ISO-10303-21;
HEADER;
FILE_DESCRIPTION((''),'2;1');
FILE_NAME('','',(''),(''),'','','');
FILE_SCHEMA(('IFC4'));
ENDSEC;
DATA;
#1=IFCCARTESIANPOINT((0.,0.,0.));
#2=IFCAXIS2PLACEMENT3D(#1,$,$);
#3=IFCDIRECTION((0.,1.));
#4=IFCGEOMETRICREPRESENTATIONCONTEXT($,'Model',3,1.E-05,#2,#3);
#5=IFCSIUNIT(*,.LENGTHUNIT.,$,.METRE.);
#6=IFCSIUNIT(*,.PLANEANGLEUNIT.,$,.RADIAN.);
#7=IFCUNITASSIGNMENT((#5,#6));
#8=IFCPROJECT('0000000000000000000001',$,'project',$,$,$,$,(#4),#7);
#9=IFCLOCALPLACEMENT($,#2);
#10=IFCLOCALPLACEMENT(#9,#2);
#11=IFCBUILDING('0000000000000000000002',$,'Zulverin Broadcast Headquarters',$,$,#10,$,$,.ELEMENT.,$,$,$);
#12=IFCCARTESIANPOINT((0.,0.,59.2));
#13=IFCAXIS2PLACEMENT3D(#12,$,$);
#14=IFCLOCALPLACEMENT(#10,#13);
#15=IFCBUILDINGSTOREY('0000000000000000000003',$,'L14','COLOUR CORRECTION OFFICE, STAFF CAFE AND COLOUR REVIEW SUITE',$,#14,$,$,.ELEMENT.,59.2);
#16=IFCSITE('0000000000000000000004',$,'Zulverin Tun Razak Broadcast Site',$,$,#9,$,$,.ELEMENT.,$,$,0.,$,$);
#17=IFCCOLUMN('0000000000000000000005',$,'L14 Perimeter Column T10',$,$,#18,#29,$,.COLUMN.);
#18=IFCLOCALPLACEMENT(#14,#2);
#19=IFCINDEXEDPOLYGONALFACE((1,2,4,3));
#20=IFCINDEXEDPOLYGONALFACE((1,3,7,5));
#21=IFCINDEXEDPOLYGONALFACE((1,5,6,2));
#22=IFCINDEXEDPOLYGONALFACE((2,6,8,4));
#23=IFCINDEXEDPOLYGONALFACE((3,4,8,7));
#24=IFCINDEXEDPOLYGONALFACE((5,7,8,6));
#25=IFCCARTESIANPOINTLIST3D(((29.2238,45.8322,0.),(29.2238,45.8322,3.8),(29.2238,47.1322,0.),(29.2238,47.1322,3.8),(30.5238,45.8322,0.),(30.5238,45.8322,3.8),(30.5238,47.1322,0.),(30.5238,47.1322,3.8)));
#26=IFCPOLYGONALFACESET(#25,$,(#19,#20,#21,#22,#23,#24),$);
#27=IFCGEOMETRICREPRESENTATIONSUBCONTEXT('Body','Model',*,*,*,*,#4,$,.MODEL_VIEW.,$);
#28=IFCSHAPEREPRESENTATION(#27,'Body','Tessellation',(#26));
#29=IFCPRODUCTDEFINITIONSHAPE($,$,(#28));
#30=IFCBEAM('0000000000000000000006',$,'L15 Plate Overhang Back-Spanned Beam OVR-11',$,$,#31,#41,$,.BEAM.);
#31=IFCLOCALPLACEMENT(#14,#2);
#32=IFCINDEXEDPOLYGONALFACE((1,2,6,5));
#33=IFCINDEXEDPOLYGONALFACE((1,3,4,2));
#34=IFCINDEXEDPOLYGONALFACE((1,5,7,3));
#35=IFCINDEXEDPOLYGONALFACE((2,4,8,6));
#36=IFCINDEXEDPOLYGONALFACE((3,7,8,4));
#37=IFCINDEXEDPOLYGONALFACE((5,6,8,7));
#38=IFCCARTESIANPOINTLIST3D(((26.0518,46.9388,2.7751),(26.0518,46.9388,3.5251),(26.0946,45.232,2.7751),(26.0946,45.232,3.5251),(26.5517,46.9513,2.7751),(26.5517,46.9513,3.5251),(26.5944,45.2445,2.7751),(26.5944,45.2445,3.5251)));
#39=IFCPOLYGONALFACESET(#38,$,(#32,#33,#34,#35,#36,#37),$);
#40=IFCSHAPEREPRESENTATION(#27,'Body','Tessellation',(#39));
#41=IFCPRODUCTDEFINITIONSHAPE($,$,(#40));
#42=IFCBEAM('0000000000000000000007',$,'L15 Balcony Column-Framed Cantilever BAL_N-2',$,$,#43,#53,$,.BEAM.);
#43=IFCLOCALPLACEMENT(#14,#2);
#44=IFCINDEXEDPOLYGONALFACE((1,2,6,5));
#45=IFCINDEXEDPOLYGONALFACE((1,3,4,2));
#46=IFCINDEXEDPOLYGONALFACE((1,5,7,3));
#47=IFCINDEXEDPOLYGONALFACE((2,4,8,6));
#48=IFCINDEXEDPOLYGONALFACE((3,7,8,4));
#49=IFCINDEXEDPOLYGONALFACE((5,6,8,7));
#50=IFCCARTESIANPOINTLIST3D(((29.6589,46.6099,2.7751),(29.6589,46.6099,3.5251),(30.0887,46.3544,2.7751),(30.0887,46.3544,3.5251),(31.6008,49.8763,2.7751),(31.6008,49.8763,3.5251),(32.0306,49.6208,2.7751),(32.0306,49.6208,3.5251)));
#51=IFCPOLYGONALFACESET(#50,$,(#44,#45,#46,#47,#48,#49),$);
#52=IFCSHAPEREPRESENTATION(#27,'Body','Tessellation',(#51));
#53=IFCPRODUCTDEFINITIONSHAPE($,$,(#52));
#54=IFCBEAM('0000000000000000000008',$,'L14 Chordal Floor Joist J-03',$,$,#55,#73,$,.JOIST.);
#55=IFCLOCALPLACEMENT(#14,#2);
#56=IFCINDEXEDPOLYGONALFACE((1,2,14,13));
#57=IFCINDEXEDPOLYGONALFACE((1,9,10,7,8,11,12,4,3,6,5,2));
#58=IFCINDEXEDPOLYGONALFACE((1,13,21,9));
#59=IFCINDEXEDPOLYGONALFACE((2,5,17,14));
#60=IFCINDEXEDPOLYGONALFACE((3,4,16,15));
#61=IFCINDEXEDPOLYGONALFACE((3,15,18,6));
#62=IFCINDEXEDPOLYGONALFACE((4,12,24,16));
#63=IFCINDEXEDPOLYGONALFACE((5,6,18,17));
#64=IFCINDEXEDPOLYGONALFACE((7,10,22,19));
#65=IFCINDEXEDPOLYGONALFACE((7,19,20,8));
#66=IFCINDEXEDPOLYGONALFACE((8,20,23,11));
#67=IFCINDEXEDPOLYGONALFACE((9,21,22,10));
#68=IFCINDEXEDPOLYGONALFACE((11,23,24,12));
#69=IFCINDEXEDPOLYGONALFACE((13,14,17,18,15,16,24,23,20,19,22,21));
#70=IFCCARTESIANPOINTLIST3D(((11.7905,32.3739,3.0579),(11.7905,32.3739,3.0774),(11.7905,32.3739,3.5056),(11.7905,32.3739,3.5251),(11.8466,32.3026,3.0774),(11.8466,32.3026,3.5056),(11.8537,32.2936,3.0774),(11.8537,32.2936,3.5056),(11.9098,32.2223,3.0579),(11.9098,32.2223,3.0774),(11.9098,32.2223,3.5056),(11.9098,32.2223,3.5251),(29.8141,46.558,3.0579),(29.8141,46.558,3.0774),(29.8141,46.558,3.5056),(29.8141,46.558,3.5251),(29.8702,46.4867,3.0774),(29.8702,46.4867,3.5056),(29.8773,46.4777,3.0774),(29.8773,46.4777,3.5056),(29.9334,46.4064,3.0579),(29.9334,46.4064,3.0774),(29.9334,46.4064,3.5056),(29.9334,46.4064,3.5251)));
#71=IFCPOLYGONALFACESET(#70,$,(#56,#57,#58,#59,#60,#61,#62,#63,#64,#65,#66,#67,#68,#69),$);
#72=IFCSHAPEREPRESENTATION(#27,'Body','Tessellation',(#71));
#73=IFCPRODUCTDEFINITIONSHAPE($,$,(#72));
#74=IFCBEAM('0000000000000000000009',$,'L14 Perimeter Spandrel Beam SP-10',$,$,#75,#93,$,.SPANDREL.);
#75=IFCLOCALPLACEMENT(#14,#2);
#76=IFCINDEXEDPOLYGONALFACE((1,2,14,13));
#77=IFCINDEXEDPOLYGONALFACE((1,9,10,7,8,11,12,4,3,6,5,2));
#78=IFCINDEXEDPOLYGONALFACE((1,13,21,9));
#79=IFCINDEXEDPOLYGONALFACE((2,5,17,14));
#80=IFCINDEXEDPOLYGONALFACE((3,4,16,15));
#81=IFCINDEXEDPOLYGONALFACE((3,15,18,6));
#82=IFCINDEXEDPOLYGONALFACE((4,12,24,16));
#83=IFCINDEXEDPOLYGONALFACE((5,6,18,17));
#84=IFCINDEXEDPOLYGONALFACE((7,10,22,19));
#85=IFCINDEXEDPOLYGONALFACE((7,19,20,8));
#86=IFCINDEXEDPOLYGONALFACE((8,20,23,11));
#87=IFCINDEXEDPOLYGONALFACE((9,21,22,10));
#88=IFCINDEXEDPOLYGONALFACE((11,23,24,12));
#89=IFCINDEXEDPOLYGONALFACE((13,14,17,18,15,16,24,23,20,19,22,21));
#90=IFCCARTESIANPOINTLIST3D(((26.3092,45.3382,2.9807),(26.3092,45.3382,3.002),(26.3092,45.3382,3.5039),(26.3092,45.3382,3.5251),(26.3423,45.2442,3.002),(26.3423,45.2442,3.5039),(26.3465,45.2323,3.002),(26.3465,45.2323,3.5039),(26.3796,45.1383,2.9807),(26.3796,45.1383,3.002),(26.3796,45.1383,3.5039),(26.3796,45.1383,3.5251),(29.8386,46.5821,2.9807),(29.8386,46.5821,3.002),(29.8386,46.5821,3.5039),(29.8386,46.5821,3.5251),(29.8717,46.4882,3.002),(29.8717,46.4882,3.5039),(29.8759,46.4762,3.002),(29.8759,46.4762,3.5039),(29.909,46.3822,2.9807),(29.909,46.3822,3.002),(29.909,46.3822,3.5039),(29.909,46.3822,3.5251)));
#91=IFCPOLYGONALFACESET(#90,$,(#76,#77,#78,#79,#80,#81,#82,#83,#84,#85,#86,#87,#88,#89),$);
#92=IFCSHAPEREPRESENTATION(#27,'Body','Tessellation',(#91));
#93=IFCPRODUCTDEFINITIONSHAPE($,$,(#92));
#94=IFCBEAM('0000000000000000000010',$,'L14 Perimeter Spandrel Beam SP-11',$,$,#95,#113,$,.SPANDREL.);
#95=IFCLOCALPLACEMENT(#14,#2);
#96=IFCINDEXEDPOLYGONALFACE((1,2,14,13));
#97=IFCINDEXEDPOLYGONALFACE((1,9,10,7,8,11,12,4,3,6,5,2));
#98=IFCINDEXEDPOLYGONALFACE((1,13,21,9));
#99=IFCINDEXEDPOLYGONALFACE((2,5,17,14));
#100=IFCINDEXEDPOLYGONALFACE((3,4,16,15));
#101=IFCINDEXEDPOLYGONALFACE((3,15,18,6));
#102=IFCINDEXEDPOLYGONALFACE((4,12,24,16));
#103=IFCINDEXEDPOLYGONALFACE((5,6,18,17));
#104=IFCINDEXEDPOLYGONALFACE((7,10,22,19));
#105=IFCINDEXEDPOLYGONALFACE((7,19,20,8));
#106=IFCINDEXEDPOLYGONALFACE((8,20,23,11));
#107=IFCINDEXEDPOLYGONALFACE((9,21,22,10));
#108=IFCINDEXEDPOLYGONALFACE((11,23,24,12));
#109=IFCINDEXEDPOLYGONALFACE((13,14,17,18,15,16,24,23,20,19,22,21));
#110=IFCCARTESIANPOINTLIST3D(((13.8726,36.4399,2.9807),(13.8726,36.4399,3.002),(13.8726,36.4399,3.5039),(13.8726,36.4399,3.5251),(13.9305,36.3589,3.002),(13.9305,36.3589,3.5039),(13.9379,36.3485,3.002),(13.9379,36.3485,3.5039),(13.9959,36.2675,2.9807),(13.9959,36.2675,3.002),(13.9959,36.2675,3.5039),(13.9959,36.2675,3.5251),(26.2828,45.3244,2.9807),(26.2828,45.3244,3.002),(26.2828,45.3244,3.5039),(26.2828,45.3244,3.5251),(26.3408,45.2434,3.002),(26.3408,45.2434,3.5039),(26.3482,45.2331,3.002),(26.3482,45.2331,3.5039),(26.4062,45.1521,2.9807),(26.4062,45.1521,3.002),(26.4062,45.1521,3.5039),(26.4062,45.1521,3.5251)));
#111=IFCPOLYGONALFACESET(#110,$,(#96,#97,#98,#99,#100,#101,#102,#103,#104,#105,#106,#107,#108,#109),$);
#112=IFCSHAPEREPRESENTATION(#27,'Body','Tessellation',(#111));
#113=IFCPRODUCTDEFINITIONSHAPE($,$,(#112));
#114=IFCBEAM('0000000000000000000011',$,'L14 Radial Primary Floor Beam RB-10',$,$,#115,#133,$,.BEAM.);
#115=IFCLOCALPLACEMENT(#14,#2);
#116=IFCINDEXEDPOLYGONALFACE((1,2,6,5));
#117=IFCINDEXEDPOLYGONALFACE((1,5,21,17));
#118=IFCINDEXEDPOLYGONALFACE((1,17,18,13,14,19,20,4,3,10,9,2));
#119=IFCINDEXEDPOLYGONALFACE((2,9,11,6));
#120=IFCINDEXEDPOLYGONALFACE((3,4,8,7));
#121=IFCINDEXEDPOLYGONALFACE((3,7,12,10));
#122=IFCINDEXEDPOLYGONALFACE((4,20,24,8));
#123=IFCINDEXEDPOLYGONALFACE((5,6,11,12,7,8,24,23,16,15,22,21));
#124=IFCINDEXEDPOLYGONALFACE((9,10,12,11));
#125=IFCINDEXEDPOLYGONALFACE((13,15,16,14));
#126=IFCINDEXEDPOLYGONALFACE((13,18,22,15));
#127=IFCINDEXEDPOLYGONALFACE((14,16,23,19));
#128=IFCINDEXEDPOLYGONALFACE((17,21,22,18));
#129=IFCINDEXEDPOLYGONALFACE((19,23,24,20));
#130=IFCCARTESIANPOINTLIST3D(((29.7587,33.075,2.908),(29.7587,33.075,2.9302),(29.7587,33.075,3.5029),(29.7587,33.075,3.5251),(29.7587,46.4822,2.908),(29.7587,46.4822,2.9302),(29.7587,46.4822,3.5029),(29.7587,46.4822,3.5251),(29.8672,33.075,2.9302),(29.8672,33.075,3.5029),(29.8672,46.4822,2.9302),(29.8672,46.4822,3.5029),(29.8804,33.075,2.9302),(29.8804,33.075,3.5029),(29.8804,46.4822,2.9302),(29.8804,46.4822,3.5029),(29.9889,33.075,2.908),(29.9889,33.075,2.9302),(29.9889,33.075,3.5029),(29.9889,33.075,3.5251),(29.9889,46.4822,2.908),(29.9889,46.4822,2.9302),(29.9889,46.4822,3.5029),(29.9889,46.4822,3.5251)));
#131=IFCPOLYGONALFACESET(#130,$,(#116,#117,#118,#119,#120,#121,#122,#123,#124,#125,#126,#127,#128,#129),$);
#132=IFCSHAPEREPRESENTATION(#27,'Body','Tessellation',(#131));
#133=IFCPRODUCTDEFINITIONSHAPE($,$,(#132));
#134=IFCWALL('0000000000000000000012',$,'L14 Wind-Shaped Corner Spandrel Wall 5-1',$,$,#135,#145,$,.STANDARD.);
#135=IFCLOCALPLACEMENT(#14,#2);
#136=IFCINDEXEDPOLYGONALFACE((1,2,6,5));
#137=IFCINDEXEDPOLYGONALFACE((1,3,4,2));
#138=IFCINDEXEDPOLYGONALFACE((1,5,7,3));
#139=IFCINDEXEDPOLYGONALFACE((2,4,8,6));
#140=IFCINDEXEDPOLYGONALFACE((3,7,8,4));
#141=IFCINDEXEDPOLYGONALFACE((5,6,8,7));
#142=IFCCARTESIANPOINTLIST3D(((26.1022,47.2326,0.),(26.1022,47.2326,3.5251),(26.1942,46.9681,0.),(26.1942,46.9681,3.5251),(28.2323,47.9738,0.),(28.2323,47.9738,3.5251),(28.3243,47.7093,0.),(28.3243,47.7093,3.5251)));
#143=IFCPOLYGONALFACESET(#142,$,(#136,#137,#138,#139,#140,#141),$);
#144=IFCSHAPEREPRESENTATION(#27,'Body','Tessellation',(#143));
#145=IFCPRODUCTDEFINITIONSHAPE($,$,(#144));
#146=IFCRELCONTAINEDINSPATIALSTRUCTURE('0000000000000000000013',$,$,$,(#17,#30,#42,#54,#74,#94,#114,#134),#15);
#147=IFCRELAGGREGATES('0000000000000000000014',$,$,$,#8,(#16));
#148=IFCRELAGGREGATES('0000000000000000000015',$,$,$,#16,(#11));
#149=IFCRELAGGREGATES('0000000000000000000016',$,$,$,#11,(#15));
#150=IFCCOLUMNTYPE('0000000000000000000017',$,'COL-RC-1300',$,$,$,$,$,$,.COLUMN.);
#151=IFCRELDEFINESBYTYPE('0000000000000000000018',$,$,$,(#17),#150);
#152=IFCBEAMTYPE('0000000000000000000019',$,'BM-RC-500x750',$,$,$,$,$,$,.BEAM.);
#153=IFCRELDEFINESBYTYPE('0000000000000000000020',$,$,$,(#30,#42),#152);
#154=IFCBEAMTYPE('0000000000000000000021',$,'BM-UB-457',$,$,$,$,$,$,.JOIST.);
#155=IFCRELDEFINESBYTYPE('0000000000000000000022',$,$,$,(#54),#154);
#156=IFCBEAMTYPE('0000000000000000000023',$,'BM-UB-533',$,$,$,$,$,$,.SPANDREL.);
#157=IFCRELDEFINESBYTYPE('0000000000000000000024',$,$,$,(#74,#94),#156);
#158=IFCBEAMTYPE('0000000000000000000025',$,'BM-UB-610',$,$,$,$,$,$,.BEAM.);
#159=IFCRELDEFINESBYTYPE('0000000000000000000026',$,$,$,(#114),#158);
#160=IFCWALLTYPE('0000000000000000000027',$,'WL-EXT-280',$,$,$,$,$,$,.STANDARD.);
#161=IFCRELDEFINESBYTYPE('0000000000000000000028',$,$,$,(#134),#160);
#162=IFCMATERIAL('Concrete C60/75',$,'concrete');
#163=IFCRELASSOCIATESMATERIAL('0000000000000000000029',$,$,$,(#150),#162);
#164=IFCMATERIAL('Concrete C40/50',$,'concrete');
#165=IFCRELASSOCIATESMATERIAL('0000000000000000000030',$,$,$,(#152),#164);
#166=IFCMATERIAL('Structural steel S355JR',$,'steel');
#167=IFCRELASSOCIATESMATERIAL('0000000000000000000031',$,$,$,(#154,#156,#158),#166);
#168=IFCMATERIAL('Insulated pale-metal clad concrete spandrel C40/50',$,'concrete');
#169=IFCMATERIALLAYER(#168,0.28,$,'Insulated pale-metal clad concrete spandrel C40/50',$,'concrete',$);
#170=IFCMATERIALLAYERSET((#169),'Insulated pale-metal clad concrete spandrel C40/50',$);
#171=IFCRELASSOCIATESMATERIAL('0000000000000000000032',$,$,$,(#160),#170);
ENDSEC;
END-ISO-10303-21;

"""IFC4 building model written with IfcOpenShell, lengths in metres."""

from ifc_helpers import new_model, si_unit, direction, frame, frame_2d, origin, origin_2d, place, context, subcontext, project, spatial, rectangle, i_section, extrude, material, layer, layer_set, material_profile, profile_set, type_object, element, save


model = new_model("IFC4")

# Units and contexts
model_context = context("Model", 3, precision=1e-05, world=origin(), true_north=direction((0.0, 1.0)))
body_context = subcontext(model_context, "Body", "Model", "MODEL_VIEW")
ifc_project = project(units=[si_unit("LENGTHUNIT", "METRE"), si_unit("PLANEANGLEUNIT", "RADIAN")], contexts=[model_context])

# Site, building, storey
site_placement = place(None, origin())
site = spatial("IfcSite", under=ifc_project, at=site_placement, Name="Zulverin Tun Razak Broadcast Site", CompositionType="ELEMENT", RefElevation=0.0)
building_placement = place(site_placement, origin())
building = spatial("IfcBuilding", under=site, at=building_placement, Name="Zulverin Broadcast Headquarters", CompositionType="ELEMENT")
storey_placement = place(building_placement, frame((0.0, 0.0, 59.2)))
storey = spatial("IfcBuildingStorey", under=building, at=storey_placement, Name="L14", Description="COLOUR CORRECTION OFFICE, STAFF CAFE AND COLOUR REVIEW SUITE", CompositionType="ELEMENT", Elevation=59.2)

# Column
ifc_material_1 = material(Name="Concrete C60/75", Category="concrete")
ifc_material_profile_1 = material_profile(ifc_material_1, rectangle(XDim=1.3, YDim=1.3, at=origin_2d()), Name="Concrete C60/75", Category="concrete")
ifc_profile_set_1 = profile_set([ifc_material_profile_1], Name="Concrete C60/75")
column_type = type_object("IfcColumnType", Name="COL-RC-1300", PredefinedType="COLUMN", material=ifc_profile_set_1)
column_placement = place(storey_placement, frame((29.8738, 46.4822, 0.0), z_axis=(0.0, 0.0, 1.0), x_axis=(1.0, 0.0, 0.0)))
element("IfcColumn", 1, at=column_placement, inside=storey, type_object=column_type, Name="L14 Perimeter Column T10", PredefinedType="COLUMN", context=body_context, shape_type="SweptSolid", body=[
    extrude(rectangle(XDim=1.3, YDim=1.3, at=origin_2d()), origin(), (0.0, 0.0, 1.0), 3.8),
])

# Beams
ifc_material_2 = material(Name="Concrete C40/50", Category="concrete")
ifc_material_profile_2 = material_profile(ifc_material_2, rectangle(XDim=0.5, YDim=0.75, at=origin_2d()), Name="Concrete C40/50", Category="concrete")
ifc_profile_set_2 = profile_set([ifc_material_profile_2], Name="Concrete C40/50")
beam_type_1 = type_object("IfcBeamType", Name="BM-RC-500x750", PredefinedType="BEAM", material=ifc_profile_set_2)
beam_1_placement = place(storey_placement, frame((26.3445, 45.2383, 3.1501), z_axis=(-0.025024, 0.999687, 0.0), x_axis=(-0.999687, -0.025024, 0.0)))
element("IfcBeam", 2, at=beam_1_placement, inside=storey, type_object=beam_type_1, Name="L15 Plate Overhang Back-Spanned Beam OVR-11", PredefinedType="BEAM", context=body_context, shape_type="SweptSolid", body=[
    extrude(rectangle(XDim=0.5, YDim=0.75, at=origin_2d()), origin(), (0.0, 0.0, 1.0), 1.7073),
])
beam_2_placement = place(storey_placement, frame((29.8738, 46.4822, 3.1501), z_axis=(0.511024, 0.859566, 0.0), x_axis=(-0.859566, 0.511024, 0.0)))
element("IfcBeam", 3, at=beam_2_placement, inside=storey, type_object=beam_type_1, Name="L15 Balcony Column-Framed Cantilever BAL_N-2", PredefinedType="BEAM", context=body_context, shape_type="SweptSolid", body=[
    extrude(rectangle(XDim=0.5, YDim=0.75, at=origin_2d()), origin(), (0.0, 0.0, 1.0), 3.8),
])
ifc_material_3 = material(Name="Structural steel S355JR", Category="steel")
ifc_material_profile_3 = material_profile(ifc_material_3, i_section(OverallWidth=0.1929, OverallDepth=0.4673, WebThickness=0.0115, FlangeThickness=0.0195, at=origin_2d()), Name="Structural steel S355JR", Category="steel")
ifc_profile_set_3 = profile_set([ifc_material_profile_3], Name="Structural steel S355JR")
beam_type_2 = type_object("IfcBeamType", Name="BM-UB-457", PredefinedType="JOIST", material=ifc_profile_set_3)
beam_3_placement = place(storey_placement, frame((29.8738, 46.4822, 3.2915), z_axis=(-0.785839, -0.618431, 0.0), x_axis=(0.618431, -0.785839, 0.0)))
element("IfcBeam", 4, at=beam_3_placement, inside=storey, type_object=beam_type_2, Name="L14 Chordal Floor Joist J-03", PredefinedType="JOIST", context=body_context, shape_type="SweptSolid", body=[
    extrude(i_section(OverallWidth=0.1929, OverallDepth=0.4673, WebThickness=0.0115, FlangeThickness=0.0195, at=origin_2d()), origin(), (0.0, 0.0, 1.0), 22.9355),
])
ifc_material_profile_4 = material_profile(ifc_material_3, i_section(OverallWidth=0.2119, OverallDepth=0.5444, WebThickness=0.0127, FlangeThickness=0.0212, at=origin_2d()), Name="Structural steel S355JR", Category="steel")
ifc_profile_set_4 = profile_set([ifc_material_profile_4], Name="Structural steel S355JR")
beam_type_3 = type_object("IfcBeamType", Name="BM-UB-533", PredefinedType="SPANDREL", material=ifc_profile_set_4)
beam_4_placement = place(storey_placement, frame((29.8738, 46.4822, 3.2529), z_axis=(-0.943136, -0.332407, 0.0), x_axis=(0.332407, -0.943136, 0.0)))
element("IfcBeam", 5, at=beam_4_placement, inside=storey, type_object=beam_type_3, Name="L14 Perimeter Spandrel Beam SP-10", PredefinedType="SPANDREL", context=body_context, shape_type="SweptSolid", body=[
    extrude(i_section(OverallWidth=0.2119, OverallDepth=0.5444, WebThickness=0.0127, FlangeThickness=0.0212, at=origin_2d()), origin(), (0.0, 0.0, 1.0), 3.7422),
])
beam_5_placement = place(storey_placement, frame((26.3445, 45.2383, 3.2529), z_axis=(-0.813109, -0.582111, 0.0), x_axis=(0.582111, -0.813109, 0.0)))
element("IfcBeam", 6, at=beam_5_placement, inside=storey, type_object=beam_type_3, Name="L14 Perimeter Spandrel Beam SP-11", PredefinedType="SPANDREL", context=body_context, shape_type="SweptSolid", body=[
    extrude(i_section(OverallWidth=0.2119, OverallDepth=0.5444, WebThickness=0.0127, FlangeThickness=0.0212, at=origin_2d()), origin(), (0.0, 0.0, 1.0), 15.2627),
])
ifc_material_profile_5 = material_profile(ifc_material_3, i_section(OverallWidth=0.2302, OverallDepth=0.6172, WebThickness=0.0132, FlangeThickness=0.0222, at=origin_2d()), Name="Structural steel S355JR", Category="steel")
ifc_profile_set_5 = profile_set([ifc_material_profile_5], Name="Structural steel S355JR")
beam_type_4 = type_object("IfcBeamType", Name="BM-UB-610", PredefinedType="BEAM", material=ifc_profile_set_5)
beam_6_placement = place(storey_placement, frame((29.8738, 33.075, 3.2166), z_axis=(0.0, 1.0, 0.0), x_axis=(-1.0, 0.0, 0.0)))
element("IfcBeam", 7, at=beam_6_placement, inside=storey, type_object=beam_type_4, Name="L14 Radial Primary Floor Beam RB-10", PredefinedType="BEAM", context=body_context, shape_type="SweptSolid", body=[
    extrude(i_section(OverallWidth=0.2302, OverallDepth=0.6172, WebThickness=0.0132, FlangeThickness=0.0222, at=origin_2d()), origin(), (0.0, 0.0, 1.0), 13.4072),
])

# Wall
ifc_material_4 = material(Name="Insulated pale-metal clad concrete spandrel C40/50", Category="concrete")
ifc_layer_1 = layer(ifc_material_4, 0.28, Name="Insulated pale-metal clad concrete spandrel C40/50", Category="concrete")
ifc_layer_set_1 = layer_set([ifc_layer_1], Name="Insulated pale-metal clad concrete spandrel C40/50")
wall_type_1 = type_object("IfcWallType", Name="WL-EXT-280", PredefinedType="STANDARD", material=ifc_layer_set_1)
wall_1_placement = place(storey_placement, frame((28.2783, 47.8416, 0.0), z_axis=(0.0, 0.0, 1.0), x_axis=(-0.944456, -0.328638, 0.0)))
element("IfcWall", 8, at=wall_1_placement, inside=storey, type_object=wall_type_1, Name="L14 Wind-Shaped Corner Spandrel Wall 5-1", PredefinedType="STANDARD", context=body_context, shape_type="SweptSolid", body=[
    extrude(rectangle(XDim=2.2554, YDim=0.28, at=frame_2d((1.1277, 0.0))), origin(), (0.0, 0.0, 1.0), 3.5251),
])

save(model, "model.ifc")
